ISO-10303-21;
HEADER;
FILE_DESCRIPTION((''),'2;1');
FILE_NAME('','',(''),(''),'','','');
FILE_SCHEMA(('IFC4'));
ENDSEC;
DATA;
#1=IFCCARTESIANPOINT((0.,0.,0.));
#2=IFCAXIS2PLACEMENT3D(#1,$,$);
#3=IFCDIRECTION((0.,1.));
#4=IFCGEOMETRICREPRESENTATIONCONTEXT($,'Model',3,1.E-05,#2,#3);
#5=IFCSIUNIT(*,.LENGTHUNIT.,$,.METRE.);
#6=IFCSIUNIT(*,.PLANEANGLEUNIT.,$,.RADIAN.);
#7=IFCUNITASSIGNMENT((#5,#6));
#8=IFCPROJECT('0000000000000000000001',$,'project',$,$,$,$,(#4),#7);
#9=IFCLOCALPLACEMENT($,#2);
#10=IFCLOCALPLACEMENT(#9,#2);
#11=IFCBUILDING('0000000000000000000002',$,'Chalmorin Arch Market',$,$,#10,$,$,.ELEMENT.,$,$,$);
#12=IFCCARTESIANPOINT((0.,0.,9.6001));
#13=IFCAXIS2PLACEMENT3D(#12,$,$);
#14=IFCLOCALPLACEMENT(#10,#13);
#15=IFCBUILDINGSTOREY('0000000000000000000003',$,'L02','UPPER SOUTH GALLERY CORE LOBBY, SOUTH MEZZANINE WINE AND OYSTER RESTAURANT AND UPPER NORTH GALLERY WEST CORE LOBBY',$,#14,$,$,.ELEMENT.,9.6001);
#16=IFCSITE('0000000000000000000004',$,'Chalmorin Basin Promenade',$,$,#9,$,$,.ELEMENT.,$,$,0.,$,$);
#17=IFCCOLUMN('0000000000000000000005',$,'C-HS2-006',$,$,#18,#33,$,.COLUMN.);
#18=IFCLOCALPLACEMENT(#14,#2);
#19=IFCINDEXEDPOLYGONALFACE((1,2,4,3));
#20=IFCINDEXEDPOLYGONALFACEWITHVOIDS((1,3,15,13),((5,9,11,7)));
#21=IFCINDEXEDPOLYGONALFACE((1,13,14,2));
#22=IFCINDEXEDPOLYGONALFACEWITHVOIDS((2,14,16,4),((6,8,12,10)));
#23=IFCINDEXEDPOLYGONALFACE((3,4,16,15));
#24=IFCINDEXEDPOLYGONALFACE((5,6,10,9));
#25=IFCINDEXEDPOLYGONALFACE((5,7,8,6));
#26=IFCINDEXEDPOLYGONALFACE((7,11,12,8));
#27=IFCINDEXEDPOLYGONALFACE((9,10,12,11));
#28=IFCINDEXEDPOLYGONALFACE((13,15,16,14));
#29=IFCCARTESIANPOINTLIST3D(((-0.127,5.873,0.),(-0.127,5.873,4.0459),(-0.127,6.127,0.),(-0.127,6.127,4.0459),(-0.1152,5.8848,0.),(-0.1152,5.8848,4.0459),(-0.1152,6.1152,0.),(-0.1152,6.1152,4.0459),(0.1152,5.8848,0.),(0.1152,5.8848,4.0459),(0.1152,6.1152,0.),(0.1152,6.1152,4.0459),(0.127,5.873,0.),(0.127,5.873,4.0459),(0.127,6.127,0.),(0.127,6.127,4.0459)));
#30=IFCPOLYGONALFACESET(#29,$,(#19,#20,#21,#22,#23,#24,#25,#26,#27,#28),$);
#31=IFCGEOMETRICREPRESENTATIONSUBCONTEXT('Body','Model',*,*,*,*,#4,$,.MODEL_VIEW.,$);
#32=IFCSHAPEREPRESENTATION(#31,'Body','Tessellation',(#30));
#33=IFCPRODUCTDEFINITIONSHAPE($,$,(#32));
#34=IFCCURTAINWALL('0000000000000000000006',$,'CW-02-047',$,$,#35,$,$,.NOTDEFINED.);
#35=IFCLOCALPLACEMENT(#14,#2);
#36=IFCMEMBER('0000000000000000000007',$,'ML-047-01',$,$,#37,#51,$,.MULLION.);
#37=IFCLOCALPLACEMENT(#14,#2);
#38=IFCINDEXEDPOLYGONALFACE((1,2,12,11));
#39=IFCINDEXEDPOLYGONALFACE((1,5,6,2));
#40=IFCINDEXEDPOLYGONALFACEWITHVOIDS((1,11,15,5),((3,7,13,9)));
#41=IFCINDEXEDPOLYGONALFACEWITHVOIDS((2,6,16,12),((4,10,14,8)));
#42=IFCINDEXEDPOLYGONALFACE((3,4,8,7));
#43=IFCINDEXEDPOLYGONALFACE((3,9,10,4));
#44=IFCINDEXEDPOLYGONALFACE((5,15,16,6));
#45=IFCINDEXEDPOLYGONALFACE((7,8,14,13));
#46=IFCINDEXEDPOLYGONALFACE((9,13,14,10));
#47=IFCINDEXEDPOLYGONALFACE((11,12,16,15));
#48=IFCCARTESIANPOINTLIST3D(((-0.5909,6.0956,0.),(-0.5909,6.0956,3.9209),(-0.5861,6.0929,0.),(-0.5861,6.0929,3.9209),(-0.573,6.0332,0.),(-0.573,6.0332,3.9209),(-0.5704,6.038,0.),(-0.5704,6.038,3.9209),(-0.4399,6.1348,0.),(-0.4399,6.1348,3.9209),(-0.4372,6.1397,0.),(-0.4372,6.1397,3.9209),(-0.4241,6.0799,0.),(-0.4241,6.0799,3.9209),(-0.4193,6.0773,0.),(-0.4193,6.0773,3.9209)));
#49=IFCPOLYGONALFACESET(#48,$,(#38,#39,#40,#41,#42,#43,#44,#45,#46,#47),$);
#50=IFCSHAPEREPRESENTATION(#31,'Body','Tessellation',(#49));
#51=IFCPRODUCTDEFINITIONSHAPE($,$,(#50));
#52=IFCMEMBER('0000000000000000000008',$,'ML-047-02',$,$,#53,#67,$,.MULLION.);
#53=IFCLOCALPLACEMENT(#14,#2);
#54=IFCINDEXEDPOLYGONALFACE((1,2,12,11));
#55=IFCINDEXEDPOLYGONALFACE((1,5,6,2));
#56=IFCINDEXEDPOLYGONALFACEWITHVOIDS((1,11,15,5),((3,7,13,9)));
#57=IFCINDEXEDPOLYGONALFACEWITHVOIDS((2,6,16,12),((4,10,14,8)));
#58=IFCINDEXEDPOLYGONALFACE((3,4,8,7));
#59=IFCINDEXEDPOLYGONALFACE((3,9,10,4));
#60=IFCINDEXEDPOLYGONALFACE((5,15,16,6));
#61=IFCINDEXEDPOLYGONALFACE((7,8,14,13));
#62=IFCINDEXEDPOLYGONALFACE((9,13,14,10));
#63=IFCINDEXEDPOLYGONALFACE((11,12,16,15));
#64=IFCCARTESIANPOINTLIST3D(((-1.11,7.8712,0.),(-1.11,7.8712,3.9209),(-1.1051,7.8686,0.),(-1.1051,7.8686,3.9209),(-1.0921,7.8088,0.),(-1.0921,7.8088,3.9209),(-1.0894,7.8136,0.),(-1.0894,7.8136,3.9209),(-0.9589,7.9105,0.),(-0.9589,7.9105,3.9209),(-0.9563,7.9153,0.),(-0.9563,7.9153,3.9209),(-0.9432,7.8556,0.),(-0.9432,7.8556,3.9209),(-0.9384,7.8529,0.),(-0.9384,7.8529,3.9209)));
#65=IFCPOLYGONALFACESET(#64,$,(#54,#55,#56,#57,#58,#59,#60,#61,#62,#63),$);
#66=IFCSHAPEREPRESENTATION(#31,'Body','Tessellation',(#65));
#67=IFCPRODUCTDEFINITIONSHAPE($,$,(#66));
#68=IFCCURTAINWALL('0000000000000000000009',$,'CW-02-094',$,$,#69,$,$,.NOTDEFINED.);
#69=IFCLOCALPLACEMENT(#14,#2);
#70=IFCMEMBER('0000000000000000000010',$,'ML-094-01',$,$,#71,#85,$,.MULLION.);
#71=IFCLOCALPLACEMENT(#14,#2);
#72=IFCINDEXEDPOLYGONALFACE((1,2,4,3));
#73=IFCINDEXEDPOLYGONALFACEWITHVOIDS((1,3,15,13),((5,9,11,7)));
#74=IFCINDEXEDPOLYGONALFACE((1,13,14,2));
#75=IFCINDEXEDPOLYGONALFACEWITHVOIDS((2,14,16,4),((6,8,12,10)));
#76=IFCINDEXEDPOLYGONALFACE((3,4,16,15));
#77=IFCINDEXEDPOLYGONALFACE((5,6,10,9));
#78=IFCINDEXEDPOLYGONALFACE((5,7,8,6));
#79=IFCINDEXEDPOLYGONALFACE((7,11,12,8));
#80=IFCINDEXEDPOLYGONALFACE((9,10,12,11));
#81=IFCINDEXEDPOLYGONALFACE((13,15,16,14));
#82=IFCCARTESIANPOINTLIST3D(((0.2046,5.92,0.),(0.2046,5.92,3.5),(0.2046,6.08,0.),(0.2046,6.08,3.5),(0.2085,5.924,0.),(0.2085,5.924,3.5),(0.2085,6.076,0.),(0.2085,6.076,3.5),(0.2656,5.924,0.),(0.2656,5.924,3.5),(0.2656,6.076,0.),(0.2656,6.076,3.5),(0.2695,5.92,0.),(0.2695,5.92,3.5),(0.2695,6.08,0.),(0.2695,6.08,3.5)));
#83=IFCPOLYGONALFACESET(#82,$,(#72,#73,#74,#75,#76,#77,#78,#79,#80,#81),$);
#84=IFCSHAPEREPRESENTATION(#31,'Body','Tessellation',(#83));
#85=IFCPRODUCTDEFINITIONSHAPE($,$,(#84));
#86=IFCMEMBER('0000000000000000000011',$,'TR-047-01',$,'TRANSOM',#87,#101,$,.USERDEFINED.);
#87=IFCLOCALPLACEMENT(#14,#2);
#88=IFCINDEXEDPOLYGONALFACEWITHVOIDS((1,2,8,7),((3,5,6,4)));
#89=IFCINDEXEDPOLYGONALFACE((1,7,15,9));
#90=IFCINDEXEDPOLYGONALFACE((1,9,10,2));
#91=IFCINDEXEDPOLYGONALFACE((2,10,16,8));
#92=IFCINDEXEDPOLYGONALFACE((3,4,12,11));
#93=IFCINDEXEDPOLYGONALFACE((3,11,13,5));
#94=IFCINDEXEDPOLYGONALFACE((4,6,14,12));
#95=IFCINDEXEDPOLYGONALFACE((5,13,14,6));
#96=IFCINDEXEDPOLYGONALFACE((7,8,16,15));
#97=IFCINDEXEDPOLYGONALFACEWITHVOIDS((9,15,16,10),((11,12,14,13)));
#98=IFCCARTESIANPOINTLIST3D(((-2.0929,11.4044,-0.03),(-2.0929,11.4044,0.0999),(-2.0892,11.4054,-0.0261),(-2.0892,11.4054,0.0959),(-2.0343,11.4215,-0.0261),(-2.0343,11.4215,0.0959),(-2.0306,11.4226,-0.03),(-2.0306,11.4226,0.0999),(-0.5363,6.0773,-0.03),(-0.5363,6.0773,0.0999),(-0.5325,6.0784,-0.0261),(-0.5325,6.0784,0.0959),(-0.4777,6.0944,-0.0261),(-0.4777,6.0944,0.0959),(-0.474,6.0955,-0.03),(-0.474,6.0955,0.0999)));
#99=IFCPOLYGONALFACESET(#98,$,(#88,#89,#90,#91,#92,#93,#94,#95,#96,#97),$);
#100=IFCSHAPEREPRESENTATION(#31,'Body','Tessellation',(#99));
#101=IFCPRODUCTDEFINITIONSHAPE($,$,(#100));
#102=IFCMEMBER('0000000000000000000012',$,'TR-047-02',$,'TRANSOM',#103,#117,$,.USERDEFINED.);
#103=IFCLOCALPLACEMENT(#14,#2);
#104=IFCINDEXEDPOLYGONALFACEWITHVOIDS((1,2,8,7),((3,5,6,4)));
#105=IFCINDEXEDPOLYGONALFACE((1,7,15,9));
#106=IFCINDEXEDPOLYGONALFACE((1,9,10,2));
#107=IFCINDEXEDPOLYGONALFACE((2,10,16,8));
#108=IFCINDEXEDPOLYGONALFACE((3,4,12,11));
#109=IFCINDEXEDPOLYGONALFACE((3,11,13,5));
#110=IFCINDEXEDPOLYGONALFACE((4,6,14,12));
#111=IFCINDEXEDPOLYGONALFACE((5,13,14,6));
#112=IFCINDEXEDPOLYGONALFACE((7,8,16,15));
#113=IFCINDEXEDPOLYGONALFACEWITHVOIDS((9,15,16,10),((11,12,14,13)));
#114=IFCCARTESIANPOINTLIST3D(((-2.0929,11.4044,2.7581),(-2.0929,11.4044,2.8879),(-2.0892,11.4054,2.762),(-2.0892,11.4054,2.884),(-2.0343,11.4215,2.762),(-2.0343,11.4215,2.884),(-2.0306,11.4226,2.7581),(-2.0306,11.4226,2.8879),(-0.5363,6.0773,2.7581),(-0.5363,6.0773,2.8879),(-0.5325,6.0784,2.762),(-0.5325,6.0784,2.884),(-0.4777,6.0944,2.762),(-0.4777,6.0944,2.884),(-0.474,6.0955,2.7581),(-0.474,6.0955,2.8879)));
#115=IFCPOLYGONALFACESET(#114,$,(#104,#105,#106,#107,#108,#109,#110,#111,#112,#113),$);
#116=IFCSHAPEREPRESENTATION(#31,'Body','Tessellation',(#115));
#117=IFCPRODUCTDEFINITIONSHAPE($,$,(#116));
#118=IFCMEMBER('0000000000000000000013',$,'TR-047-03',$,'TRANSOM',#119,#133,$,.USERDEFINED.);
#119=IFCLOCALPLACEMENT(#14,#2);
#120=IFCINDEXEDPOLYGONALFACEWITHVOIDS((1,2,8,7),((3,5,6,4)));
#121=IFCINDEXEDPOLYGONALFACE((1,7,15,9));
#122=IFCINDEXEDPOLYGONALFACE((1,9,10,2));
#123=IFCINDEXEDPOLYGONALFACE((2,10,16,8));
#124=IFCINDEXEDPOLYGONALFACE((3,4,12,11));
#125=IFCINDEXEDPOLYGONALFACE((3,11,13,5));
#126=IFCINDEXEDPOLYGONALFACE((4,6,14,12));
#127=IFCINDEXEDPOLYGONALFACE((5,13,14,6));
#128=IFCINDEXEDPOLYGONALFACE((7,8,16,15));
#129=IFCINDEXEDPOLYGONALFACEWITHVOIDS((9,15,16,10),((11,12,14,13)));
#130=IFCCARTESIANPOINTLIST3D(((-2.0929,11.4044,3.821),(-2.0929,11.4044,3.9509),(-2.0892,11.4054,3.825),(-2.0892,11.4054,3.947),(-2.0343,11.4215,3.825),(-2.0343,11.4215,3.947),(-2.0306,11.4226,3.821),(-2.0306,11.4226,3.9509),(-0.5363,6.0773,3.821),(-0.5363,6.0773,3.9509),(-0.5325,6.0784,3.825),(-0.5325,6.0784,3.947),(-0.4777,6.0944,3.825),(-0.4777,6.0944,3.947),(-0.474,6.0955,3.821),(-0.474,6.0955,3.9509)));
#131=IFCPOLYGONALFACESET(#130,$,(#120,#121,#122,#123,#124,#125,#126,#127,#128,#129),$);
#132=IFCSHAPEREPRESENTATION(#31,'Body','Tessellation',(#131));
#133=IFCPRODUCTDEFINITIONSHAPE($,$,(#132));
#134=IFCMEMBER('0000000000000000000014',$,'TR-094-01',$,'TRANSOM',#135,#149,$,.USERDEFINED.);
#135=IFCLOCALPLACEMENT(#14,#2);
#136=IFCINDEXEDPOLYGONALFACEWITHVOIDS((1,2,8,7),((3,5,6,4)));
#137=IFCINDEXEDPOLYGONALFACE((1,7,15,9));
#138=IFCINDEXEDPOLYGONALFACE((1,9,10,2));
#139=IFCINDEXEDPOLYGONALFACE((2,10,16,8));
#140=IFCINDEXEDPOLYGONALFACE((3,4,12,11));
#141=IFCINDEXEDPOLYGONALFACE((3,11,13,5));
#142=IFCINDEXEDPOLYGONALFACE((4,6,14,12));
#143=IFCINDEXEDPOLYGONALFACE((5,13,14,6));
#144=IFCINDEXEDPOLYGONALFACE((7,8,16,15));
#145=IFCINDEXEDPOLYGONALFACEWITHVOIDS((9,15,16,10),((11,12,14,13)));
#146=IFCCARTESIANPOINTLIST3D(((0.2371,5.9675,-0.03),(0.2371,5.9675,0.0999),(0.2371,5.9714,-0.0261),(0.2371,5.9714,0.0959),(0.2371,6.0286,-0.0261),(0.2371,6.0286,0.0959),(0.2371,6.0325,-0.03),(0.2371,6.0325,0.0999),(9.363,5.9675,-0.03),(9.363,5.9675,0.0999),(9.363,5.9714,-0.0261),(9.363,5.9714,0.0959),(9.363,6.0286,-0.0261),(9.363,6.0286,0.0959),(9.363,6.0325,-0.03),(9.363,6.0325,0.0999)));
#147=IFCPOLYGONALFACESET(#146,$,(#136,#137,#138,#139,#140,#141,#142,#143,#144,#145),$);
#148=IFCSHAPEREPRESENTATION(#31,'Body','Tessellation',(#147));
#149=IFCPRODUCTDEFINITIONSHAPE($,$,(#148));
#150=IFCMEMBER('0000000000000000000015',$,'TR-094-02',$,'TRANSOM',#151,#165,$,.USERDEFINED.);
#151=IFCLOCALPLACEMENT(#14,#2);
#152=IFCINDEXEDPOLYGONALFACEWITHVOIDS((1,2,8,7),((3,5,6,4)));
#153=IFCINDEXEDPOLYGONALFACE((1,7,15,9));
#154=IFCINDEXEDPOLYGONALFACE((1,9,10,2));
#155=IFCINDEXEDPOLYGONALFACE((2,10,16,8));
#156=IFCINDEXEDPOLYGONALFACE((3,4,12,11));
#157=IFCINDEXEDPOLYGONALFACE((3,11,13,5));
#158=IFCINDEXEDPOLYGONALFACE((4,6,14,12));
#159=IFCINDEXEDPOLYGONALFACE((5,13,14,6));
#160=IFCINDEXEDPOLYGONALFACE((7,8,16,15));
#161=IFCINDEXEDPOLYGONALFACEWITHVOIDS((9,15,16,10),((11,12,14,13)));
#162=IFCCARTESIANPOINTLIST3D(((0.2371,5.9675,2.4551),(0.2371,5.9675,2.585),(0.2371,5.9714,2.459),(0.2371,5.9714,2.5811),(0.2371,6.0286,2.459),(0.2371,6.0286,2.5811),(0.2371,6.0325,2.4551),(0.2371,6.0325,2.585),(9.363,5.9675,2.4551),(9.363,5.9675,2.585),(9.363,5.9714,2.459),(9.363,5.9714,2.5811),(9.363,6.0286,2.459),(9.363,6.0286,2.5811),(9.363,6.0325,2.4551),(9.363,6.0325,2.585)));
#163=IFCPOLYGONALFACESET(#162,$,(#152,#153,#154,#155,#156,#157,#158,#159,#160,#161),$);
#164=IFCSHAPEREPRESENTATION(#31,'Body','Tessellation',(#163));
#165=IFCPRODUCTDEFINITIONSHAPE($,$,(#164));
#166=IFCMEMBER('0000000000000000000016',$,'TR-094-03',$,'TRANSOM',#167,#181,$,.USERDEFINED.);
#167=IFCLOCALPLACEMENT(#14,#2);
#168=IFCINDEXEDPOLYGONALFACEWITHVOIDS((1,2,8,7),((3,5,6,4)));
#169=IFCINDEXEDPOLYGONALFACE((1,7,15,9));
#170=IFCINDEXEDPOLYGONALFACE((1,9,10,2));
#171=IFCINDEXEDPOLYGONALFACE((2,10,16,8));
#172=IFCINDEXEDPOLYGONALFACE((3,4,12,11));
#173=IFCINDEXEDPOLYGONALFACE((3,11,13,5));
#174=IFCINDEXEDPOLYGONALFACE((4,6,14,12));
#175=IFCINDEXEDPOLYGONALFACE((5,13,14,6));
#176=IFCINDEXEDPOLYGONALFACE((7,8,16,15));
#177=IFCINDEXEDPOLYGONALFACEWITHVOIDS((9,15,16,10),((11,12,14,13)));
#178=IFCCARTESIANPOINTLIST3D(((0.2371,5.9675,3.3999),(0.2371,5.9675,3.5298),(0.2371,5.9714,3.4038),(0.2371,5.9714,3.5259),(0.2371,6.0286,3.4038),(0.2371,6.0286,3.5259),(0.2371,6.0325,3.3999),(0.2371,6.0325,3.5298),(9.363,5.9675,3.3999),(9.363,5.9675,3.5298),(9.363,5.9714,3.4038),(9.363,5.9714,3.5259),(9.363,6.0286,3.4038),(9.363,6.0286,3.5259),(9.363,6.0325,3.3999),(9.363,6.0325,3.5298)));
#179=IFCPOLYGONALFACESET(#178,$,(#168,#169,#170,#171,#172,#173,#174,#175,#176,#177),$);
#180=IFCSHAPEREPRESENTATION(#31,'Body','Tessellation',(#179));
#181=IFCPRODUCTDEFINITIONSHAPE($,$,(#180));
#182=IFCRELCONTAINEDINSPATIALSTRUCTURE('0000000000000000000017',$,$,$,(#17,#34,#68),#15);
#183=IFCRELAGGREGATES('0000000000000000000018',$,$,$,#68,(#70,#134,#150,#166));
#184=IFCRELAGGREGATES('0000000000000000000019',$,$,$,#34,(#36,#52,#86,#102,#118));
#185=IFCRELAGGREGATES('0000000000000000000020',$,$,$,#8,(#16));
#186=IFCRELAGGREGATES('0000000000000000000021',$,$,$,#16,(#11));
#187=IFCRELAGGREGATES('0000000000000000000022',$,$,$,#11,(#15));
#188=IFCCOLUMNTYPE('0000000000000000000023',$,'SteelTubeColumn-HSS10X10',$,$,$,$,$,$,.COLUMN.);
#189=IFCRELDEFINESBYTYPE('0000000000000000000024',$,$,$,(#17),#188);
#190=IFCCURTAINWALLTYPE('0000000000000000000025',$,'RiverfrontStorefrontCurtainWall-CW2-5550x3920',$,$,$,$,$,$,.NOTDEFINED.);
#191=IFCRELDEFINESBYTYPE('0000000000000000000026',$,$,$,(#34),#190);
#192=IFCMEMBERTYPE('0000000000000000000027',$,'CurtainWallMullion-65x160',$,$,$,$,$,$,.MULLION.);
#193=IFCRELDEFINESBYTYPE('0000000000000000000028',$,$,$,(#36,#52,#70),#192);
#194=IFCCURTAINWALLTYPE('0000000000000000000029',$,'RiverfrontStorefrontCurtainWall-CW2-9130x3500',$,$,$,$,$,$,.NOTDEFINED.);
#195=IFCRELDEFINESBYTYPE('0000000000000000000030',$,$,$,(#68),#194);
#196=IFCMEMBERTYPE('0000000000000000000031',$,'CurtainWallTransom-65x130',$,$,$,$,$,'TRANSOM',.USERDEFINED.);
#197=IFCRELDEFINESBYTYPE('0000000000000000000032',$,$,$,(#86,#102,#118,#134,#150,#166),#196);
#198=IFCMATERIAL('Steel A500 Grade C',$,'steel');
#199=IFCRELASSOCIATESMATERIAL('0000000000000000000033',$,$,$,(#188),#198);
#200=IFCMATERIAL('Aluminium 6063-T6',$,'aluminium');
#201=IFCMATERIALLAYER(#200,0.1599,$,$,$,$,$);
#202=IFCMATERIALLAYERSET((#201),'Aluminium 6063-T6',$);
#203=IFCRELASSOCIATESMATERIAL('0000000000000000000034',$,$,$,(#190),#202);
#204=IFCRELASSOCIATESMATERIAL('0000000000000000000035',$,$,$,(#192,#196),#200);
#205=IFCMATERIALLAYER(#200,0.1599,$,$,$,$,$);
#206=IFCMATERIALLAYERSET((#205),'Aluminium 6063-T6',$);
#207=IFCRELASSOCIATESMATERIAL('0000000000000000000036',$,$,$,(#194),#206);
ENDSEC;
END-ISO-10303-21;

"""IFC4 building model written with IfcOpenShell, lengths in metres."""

from ifc_helpers import new_model, si_unit, direction, frame, origin, origin_2d, place, context, subcontext, project, spatial, hollow_rectangle, extrude, material, layer, layer_set, material_profile, profile_set, type_object, element, aggregate, save


model = new_model("IFC4")

# Units and contexts
model_context = context("Model", 3, precision=1e-05, world=origin(), true_north=direction((0.0, 1.0)))
body_context = subcontext(model_context, "Body", "Model", "MODEL_VIEW")
ifc_project = project(units=[si_unit("LENGTHUNIT", "METRE"), si_unit("PLANEANGLEUNIT", "RADIAN")], contexts=[model_context])

# Site, building, storey
site_placement = place(None, origin())
site = spatial("IfcSite", under=ifc_project, at=site_placement, Name="Chalmorin Basin Promenade", CompositionType="ELEMENT", RefElevation=0.0)
building_placement = place(site_placement, origin())
building = spatial("IfcBuilding", under=site, at=building_placement, Name="Chalmorin Arch Market", CompositionType="ELEMENT")
storey_placement = place(building_placement, frame((0.0, 0.0, 9.6001)))
storey = spatial("IfcBuildingStorey", under=building, at=storey_placement, Name="L02", Description="UPPER SOUTH GALLERY CORE LOBBY, SOUTH MEZZANINE WINE AND OYSTER RESTAURANT AND UPPER NORTH GALLERY WEST CORE LOBBY", CompositionType="ELEMENT", Elevation=9.6001)

# Column
ifc_material_1 = material(Name="Steel A500 Grade C", Category="steel")
ifc_material_profile_1 = material_profile(ifc_material_1, hollow_rectangle(XDim=0.2539, YDim=0.2539, WallThickness=0.0117, at=origin_2d()), Name="HSS10X10X1/2")
ifc_profile_set_1 = profile_set([ifc_material_profile_1], Name="Steel A500 Grade C")
column_type = type_object("IfcColumnType", Name="SteelTubeColumn-HSS10X10", PredefinedType="COLUMN", material=ifc_profile_set_1)
column_placement = place(storey_placement, frame((0.0, 6.0, 0.0), z_axis=(0.0, 0.0, 1.0), x_axis=(1.0, 0.0, 0.0)))
element("IfcColumn", 1, at=column_placement, inside=storey, type_object=column_type, Name="C-HS2-006", PredefinedType="COLUMN", context=body_context, shape_type="SweptSolid", body=[
    extrude(hollow_rectangle(XDim=0.2539, YDim=0.2539, WallThickness=0.0117, at=origin_2d()), origin(), (0.0, 0.0, 1.0), 4.0459),
])

# Curtain wall, members
ifc_material_2 = material(Name="Aluminium 6063-T6", Category="aluminium")
ifc_layer_1 = layer(ifc_material_2, 0.1599)
ifc_layer_set_1 = layer_set([ifc_layer_1], Name="Aluminium 6063-T6")
curtain_wall_type_1 = type_object("IfcCurtainWallType", Name="RiverfrontStorefrontCurtainWall-CW2-5550x3920", PredefinedType="NOTDEFINED", material=ifc_layer_set_1)
curtain_wall_1_placement = place(storey_placement, origin())
curtain_wall_1 = element("IfcCurtainWall", 2, at=curtain_wall_1_placement, inside=storey, type_object=curtain_wall_type_1, Name="CW-02-047", PredefinedType="NOTDEFINED")
ifc_material_profile_2 = material_profile(ifc_material_2, hollow_rectangle(XDim=0.0649, YDim=0.1599, WallThickness=0.0039, at=origin_2d()), Name="ALU65X160X4")
ifc_profile_set_2 = profile_set([ifc_material_profile_2], Name="Aluminium 6063-T6")
member_type_1 = type_object("IfcMemberType", Name="CurtainWallMullion-65x160", PredefinedType="MULLION", material=ifc_profile_set_2)
member_1_placement = place(storey_placement, frame((-0.5051, 6.0864, 0.0), z_axis=(0.0, 0.0, 1.0), x_axis=(-0.275637, 0.961262, 0.0)))
member_1 = element("IfcMember", 3, at=member_1_placement, type_object=member_type_1, Name="ML-047-01", PredefinedType="MULLION", context=body_context, shape_type="SweptSolid", body=[
    extrude(hollow_rectangle(XDim=0.0649, YDim=0.1599, WallThickness=0.0039, at=origin_2d()), origin(), (0.0, 0.0, 1.0), 3.9209),
])
member_2_placement = place(storey_placement, frame((-1.0242, 7.8621, 0.0), z_axis=(0.0, 0.0, 1.0), x_axis=(-0.275637, 0.961262, 0.0)))
member_2 = element("IfcMember", 4, at=member_2_placement, type_object=member_type_1, Name="ML-047-02", PredefinedType="MULLION", context=body_context, shape_type="SweptSolid", body=[
    extrude(hollow_rectangle(XDim=0.0649, YDim=0.1599, WallThickness=0.0039, at=origin_2d()), origin(), (0.0, 0.0, 1.0), 3.9209),
])

# Curtain wall, member
ifc_layer_2 = layer(ifc_material_2, 0.1599)
ifc_layer_set_2 = layer_set([ifc_layer_2], Name="Aluminium 6063-T6")
curtain_wall_type_2 = type_object("IfcCurtainWallType", Name="RiverfrontStorefrontCurtainWall-CW2-9130x3500", PredefinedType="NOTDEFINED", material=ifc_layer_set_2)
curtain_wall_2_placement = place(storey_placement, origin())
curtain_wall_2 = element("IfcCurtainWall", 5, at=curtain_wall_2_placement, inside=storey, type_object=curtain_wall_type_2, Name="CW-02-094", PredefinedType="NOTDEFINED")
member_3_placement = place(storey_placement, frame((0.2371, 6.0, 0.0), z_axis=(0.0, 0.0, 1.0), x_axis=(1.0, 0.0, 0.0)))
member_3 = element("IfcMember", 6, at=member_3_placement, type_object=member_type_1, Name="ML-094-01", PredefinedType="MULLION", context=body_context, shape_type="SweptSolid", body=[
    extrude(hollow_rectangle(XDim=0.0649, YDim=0.1599, WallThickness=0.0039, at=origin_2d()), origin(), (0.0, 0.0, 1.0), 3.5),
])

# Members
ifc_material_profile_3 = material_profile(ifc_material_2, hollow_rectangle(XDim=0.0649, YDim=0.1299, WallThickness=0.0039, at=origin_2d()), Name="ALU65X130X4")
ifc_profile_set_3 = profile_set([ifc_material_profile_3], Name="Aluminium 6063-T6")
member_type_2 = type_object("IfcMemberType", Name="CurtainWallTransom-65x130", ElementType="TRANSOM", PredefinedType="USERDEFINED", material=ifc_profile_set_3)
member_4_placement = place(storey_placement, frame((-0.5051, 6.0864, 0.0349), z_axis=(-0.28048, 0.95986, 0.0), x_axis=(-0.95986, -0.28048, 0.0)))
member_4 = element("IfcMember", 7, at=member_4_placement, type_object=member_type_2, Name="TR-047-01", ObjectType="TRANSOM", PredefinedType="USERDEFINED", context=body_context, shape_type="SweptSolid", body=[
    extrude(hollow_rectangle(XDim=0.0649, YDim=0.1299, WallThickness=0.0039, at=origin_2d()), origin(), (0.0, 0.0, 1.0), 5.5498),
])
member_5_placement = place(storey_placement, frame((-0.5051, 6.0864, 2.823), z_axis=(-0.28048, 0.95986, 0.0), x_axis=(-0.95986, -0.28048, 0.0)))
member_5 = element("IfcMember", 8, at=member_5_placement, type_object=member_type_2, Name="TR-047-02", ObjectType="TRANSOM", PredefinedType="USERDEFINED", context=body_context, shape_type="SweptSolid", body=[
    extrude(hollow_rectangle(XDim=0.0649, YDim=0.1299, WallThickness=0.0039, at=origin_2d()), origin(), (0.0, 0.0, 1.0), 5.5498),
])
member_6_placement = place(storey_placement, frame((-0.5051, 6.0864, 3.886), z_axis=(-0.28048, 0.95986, 0.0), x_axis=(-0.95986, -0.28048, 0.0)))
member_6 = element("IfcMember", 9, at=member_6_placement, type_object=member_type_2, Name="TR-047-03", ObjectType="TRANSOM", PredefinedType="USERDEFINED", context=body_context, shape_type="SweptSolid", body=[
    extrude(hollow_rectangle(XDim=0.0649, YDim=0.1299, WallThickness=0.0039, at=origin_2d()), origin(), (0.0, 0.0, 1.0), 5.5498),
])
member_7_placement = place(storey_placement, frame((0.2371, 6.0, 0.0349), z_axis=(1.0, 0.0, 0.0), x_axis=(0.0, 1.0, 0.0)))
member_7 = element("IfcMember", 10, at=member_7_placement, type_object=member_type_2, Name="TR-094-01", ObjectType="TRANSOM", PredefinedType="USERDEFINED", context=body_context, shape_type="SweptSolid", body=[
    extrude(hollow_rectangle(XDim=0.0649, YDim=0.1299, WallThickness=0.0039, at=origin_2d()), origin(), (0.0, 0.0, 1.0), 9.126),
])
member_8_placement = place(storey_placement, frame((0.2371, 6.0, 2.52), z_axis=(1.0, 0.0, 0.0), x_axis=(0.0, 1.0, 0.0)))
member_8 = element("IfcMember", 11, at=member_8_placement, type_object=member_type_2, Name="TR-094-02", ObjectType="TRANSOM", PredefinedType="USERDEFINED", context=body_context, shape_type="SweptSolid", body=[
    extrude(hollow_rectangle(XDim=0.0649, YDim=0.1299, WallThickness=0.0039, at=origin_2d()), origin(), (0.0, 0.0, 1.0), 9.126),
])
member_9_placement = place(storey_placement, frame((0.2371, 6.0, 3.4648), z_axis=(1.0, 0.0, 0.0), x_axis=(0.0, 1.0, 0.0)))
member_9 = element("IfcMember", 12, at=member_9_placement, type_object=member_type_2, Name="TR-094-03", ObjectType="TRANSOM", PredefinedType="USERDEFINED", context=body_context, shape_type="SweptSolid", body=[
    extrude(hollow_rectangle(XDim=0.0649, YDim=0.1299, WallThickness=0.0039, at=origin_2d()), origin(), (0.0, 0.0, 1.0), 9.126),
])
aggregate(curtain_wall_2, [member_3, member_7, member_8, member_9])

aggregate(curtain_wall_1, [member_1, member_2, member_4, member_5, member_6])

save(model, "model.ifc")
